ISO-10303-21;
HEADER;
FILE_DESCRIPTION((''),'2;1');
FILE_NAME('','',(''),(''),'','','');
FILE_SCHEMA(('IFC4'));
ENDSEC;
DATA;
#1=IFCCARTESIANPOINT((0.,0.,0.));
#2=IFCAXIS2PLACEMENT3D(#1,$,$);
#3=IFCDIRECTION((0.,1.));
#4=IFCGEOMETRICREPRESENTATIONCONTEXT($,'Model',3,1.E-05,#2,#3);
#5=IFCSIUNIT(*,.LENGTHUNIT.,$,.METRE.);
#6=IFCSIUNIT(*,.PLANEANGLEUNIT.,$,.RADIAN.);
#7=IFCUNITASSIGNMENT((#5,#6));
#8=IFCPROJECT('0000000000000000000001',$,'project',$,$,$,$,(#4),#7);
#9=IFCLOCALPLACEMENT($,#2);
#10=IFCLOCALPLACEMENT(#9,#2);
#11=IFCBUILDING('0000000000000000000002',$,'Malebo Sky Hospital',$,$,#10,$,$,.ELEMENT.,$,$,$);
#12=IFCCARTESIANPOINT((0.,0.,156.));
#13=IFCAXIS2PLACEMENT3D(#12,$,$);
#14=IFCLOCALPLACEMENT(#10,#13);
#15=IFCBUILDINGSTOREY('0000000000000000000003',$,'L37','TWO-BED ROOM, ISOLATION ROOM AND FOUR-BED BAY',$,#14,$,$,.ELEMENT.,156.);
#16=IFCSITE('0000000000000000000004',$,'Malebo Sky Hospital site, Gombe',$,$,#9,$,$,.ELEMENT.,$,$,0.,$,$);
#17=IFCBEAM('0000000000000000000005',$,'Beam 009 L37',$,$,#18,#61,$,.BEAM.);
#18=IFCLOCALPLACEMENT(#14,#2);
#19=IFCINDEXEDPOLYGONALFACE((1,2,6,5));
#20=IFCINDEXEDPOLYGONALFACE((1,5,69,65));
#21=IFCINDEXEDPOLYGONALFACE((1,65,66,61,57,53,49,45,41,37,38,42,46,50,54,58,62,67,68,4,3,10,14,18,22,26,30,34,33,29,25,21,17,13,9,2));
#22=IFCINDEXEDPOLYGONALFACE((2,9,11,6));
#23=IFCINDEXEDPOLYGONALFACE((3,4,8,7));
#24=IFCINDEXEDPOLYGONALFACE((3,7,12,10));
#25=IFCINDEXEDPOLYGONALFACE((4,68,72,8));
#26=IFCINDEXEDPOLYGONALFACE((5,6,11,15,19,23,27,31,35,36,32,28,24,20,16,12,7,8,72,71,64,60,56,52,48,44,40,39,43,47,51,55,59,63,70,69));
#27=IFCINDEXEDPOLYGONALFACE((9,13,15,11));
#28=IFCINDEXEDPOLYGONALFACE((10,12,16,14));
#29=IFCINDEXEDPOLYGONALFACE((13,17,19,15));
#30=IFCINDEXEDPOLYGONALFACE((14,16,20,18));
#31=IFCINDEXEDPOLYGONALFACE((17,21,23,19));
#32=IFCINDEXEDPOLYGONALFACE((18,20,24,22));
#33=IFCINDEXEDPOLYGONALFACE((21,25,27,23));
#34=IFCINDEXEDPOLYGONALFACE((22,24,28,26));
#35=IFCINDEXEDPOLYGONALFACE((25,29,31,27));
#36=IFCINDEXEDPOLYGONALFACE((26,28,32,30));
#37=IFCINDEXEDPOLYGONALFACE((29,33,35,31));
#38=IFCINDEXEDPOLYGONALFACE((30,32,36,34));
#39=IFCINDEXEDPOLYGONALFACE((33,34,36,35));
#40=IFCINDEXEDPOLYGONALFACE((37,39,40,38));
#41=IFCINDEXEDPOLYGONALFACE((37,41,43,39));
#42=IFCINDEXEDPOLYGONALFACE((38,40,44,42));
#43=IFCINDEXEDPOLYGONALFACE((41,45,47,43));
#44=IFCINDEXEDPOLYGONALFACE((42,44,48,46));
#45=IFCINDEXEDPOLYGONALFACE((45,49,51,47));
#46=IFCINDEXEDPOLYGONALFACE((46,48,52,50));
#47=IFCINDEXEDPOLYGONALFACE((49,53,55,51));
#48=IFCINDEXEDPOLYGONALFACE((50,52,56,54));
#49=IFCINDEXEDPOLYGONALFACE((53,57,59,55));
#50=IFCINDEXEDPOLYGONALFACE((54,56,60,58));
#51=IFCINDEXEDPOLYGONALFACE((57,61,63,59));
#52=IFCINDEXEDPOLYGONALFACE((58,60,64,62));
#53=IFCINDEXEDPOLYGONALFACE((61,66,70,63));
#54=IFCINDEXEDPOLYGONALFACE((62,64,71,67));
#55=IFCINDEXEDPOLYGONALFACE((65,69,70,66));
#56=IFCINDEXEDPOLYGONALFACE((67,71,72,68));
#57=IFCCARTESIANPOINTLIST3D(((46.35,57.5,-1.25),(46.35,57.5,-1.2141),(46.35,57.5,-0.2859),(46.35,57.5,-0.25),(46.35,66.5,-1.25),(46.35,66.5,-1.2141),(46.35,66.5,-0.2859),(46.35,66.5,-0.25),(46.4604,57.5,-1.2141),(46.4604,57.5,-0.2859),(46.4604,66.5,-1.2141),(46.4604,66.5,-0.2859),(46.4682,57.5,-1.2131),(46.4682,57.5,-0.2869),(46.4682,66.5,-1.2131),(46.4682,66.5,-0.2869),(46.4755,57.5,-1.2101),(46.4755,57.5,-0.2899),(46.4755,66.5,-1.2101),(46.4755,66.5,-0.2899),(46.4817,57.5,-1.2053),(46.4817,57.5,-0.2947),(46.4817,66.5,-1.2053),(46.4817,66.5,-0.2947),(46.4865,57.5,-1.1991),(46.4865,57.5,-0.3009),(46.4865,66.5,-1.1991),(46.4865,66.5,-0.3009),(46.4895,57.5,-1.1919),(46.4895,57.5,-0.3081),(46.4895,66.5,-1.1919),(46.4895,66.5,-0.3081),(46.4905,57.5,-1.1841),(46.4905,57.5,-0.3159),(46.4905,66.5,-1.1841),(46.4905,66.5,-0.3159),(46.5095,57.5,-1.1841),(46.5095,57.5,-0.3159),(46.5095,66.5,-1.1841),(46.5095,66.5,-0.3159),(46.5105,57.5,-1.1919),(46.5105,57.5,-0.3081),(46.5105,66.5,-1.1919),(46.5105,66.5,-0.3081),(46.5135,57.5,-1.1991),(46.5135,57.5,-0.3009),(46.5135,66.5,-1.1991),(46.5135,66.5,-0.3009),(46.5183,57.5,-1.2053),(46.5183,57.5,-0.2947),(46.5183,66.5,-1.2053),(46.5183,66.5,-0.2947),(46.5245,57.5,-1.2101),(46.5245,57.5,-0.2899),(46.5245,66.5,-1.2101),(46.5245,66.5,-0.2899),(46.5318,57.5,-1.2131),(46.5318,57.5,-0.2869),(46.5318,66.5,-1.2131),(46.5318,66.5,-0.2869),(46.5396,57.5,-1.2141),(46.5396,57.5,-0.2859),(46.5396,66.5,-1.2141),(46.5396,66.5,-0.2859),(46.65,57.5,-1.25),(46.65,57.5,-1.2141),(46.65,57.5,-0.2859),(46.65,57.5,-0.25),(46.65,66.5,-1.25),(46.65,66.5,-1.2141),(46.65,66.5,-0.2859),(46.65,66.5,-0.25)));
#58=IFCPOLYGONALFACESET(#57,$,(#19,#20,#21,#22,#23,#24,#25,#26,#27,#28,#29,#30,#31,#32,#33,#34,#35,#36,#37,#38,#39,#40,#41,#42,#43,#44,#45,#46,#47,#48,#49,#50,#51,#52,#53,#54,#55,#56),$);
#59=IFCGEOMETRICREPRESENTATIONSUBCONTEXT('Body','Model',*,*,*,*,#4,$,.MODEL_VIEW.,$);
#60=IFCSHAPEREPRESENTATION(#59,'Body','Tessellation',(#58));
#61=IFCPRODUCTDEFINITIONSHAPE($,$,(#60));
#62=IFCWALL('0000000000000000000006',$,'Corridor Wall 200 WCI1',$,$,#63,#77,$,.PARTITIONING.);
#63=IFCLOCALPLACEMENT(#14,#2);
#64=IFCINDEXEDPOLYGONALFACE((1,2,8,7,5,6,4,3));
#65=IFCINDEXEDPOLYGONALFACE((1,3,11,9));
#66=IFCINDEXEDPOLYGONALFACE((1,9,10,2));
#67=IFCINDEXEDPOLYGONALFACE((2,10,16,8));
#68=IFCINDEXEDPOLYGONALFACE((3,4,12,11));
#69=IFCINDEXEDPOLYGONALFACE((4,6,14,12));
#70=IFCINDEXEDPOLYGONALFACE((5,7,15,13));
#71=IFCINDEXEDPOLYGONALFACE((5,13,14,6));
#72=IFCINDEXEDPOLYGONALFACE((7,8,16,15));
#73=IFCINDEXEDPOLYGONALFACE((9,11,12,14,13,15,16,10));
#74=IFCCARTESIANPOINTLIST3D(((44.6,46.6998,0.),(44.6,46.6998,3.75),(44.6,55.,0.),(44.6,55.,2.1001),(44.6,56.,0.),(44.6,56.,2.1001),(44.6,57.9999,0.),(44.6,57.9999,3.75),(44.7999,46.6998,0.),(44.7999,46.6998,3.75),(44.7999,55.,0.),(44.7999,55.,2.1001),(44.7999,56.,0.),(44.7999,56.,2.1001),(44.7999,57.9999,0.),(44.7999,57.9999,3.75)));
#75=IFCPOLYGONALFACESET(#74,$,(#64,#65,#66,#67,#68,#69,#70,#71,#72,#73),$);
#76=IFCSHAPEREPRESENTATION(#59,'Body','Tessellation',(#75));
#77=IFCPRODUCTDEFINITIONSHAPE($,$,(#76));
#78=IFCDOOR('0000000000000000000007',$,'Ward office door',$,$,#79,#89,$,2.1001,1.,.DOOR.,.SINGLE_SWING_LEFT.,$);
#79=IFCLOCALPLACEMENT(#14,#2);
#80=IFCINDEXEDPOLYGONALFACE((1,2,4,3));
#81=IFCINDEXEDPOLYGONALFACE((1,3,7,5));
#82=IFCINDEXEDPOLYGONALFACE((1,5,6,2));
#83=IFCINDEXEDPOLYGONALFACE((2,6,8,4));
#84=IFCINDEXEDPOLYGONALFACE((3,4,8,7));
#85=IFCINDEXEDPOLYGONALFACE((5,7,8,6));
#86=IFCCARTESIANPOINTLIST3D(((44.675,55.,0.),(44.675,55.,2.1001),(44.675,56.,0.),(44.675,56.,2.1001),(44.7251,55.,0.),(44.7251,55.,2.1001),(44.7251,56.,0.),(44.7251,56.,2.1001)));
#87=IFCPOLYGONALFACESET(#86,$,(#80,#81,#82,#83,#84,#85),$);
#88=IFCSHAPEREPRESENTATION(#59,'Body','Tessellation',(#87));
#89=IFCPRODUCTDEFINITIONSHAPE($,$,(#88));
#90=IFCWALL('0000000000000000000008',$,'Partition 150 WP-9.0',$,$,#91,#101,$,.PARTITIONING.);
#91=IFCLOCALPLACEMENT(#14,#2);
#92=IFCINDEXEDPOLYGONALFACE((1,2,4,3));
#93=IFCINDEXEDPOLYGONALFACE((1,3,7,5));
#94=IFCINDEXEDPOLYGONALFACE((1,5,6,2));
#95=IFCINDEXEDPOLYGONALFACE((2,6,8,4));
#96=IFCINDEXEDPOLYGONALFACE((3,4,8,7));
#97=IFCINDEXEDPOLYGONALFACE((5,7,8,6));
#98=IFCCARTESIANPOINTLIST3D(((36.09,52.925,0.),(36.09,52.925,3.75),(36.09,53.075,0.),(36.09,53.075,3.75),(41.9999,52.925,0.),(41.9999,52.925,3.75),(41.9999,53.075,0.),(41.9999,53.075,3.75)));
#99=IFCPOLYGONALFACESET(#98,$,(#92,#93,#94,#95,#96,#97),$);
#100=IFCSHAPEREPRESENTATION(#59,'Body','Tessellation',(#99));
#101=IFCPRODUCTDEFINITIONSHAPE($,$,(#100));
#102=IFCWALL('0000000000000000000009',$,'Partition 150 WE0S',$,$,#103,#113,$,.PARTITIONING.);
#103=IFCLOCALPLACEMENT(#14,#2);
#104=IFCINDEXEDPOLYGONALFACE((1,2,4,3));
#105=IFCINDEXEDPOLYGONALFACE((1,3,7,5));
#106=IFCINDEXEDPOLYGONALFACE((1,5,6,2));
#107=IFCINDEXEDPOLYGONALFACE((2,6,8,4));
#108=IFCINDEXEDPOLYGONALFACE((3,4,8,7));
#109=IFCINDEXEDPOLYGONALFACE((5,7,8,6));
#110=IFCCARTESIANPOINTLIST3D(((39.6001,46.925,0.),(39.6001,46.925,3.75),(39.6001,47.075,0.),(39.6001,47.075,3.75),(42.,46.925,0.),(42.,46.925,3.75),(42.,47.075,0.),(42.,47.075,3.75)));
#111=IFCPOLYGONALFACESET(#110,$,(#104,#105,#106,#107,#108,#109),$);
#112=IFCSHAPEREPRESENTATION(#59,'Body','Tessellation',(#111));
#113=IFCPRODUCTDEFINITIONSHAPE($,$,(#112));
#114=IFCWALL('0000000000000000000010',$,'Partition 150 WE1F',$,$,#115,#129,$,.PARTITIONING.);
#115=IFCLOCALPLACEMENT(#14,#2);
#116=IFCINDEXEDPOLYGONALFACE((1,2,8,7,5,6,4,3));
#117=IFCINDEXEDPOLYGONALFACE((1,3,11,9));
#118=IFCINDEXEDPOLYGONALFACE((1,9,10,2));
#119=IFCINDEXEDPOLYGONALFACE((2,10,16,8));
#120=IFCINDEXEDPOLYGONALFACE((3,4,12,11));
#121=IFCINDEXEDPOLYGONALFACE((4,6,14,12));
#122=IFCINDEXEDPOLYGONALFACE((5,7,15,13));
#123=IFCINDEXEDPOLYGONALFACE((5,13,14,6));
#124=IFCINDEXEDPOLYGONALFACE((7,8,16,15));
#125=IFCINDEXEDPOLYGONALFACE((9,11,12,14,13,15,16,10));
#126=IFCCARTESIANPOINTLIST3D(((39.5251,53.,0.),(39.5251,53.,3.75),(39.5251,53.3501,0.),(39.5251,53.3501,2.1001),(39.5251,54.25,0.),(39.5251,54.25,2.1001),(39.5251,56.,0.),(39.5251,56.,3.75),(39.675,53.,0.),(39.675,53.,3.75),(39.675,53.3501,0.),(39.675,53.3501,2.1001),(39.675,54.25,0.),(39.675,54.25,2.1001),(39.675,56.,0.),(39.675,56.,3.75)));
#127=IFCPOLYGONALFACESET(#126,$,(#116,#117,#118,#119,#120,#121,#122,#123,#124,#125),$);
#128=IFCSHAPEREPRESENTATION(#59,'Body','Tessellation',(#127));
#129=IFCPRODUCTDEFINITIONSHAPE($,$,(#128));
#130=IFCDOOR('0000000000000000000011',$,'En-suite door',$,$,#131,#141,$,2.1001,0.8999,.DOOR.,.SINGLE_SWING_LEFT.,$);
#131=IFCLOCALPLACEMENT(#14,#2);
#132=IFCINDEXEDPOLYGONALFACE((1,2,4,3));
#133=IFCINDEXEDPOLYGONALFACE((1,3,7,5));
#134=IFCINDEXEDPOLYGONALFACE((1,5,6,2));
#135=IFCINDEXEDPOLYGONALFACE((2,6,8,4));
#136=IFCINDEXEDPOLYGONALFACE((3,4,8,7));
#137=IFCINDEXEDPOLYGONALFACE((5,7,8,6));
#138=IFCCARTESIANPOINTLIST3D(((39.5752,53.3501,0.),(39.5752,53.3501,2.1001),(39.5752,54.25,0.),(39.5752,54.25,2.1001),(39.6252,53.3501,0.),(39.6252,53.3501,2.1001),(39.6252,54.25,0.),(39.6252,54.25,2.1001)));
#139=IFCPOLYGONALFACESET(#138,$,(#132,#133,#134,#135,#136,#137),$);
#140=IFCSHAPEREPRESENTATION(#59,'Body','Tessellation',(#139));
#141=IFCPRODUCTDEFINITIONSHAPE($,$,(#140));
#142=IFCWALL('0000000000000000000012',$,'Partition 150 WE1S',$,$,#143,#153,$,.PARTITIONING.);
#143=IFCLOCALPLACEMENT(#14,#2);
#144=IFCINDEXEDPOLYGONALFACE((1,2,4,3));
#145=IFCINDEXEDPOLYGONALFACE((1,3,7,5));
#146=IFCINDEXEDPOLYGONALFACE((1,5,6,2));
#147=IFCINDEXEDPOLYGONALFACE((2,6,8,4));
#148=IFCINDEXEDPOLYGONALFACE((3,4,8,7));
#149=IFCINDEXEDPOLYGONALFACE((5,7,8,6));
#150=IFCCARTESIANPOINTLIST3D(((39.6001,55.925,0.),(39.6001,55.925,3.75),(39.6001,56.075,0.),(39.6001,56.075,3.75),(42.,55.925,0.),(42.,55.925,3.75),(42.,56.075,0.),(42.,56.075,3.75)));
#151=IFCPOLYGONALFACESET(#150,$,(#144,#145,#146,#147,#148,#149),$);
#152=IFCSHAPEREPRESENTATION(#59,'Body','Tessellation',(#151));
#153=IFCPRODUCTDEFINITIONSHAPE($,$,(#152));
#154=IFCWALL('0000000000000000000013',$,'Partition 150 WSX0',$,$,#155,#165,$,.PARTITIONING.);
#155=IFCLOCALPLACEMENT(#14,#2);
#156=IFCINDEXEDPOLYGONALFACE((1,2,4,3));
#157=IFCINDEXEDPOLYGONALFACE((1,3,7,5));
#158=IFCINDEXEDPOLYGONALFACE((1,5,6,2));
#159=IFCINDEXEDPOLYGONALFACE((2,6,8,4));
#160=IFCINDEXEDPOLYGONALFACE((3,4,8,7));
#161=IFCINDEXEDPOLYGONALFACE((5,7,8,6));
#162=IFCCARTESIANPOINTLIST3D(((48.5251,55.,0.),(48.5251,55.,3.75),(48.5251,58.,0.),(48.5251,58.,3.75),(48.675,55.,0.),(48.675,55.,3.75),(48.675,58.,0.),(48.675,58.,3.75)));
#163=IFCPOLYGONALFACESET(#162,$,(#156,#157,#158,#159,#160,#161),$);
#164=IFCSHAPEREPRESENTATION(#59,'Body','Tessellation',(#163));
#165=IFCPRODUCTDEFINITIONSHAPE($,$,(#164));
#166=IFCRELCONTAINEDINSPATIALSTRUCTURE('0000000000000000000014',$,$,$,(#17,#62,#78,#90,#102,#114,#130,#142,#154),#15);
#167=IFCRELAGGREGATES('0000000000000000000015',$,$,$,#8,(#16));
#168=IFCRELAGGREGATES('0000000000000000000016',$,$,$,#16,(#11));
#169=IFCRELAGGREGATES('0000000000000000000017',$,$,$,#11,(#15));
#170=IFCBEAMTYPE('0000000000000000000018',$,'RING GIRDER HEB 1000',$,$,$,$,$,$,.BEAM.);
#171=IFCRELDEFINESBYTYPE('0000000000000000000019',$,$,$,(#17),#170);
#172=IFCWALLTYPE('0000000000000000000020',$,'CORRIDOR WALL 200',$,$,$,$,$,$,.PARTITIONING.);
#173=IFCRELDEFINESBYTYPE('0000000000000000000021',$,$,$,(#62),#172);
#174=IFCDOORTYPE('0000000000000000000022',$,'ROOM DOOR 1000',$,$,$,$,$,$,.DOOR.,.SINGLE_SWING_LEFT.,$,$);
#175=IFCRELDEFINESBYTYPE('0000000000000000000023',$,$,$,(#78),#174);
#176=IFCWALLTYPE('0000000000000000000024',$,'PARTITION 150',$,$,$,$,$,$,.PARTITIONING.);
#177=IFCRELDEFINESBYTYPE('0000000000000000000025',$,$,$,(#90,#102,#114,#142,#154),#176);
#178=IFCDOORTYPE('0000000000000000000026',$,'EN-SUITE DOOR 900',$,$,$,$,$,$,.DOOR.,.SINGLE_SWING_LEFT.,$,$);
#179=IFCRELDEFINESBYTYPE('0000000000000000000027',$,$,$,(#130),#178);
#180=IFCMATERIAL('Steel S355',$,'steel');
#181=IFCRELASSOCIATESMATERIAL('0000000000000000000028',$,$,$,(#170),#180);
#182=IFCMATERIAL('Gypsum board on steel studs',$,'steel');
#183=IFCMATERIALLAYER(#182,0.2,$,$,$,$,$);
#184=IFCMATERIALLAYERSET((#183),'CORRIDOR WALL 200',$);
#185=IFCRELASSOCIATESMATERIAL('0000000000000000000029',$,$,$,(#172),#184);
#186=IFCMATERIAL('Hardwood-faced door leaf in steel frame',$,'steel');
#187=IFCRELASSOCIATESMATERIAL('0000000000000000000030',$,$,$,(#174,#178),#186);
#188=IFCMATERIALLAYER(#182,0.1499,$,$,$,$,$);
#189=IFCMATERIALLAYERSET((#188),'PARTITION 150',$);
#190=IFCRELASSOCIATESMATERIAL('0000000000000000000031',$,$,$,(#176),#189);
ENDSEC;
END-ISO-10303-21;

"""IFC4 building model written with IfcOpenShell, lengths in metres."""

from ifc_helpers import new_model, si_unit, direction, frame, frame_2d, origin, origin_2d, place, context, subcontext, project, spatial, rectangle, i_section, extrude, material, layer, layer_set, material_profile, profile_set, type_object, element, fill, save


model = new_model("IFC4")

# Units and contexts
model_context = context("Model", 3, precision=1e-05, world=origin(), true_north=direction((0.0, 1.0)))
body_context = subcontext(model_context, "Body", "Model", "MODEL_VIEW")
ifc_project = project(units=[si_unit("LENGTHUNIT", "METRE"), si_unit("PLANEANGLEUNIT", "RADIAN")], contexts=[model_context])

# Site, building, storey
site_placement = place(None, origin())
site = spatial("IfcSite", under=ifc_project, at=site_placement, Name="Malebo Sky Hospital site, Gombe", CompositionType="ELEMENT", RefElevation=0.0)
building_placement = place(site_placement, origin())
building = spatial("IfcBuilding", under=site, at=building_placement, Name="Malebo Sky Hospital", CompositionType="ELEMENT")
storey_placement = place(building_placement, frame((0.0, 0.0, 156.0)))
storey = spatial("IfcBuildingStorey", under=building, at=storey_placement, Name="L37", Description="TWO-BED ROOM, ISOLATION ROOM AND FOUR-BED BAY", CompositionType="ELEMENT", Elevation=156.0)

# Beam
ifc_material_1 = material(Name="Steel S355", Category="steel")
ifc_material_profile_1 = material_profile(ifc_material_1, i_section(OverallWidth=0.3, OverallDepth=1.0, WebThickness=0.019, FlangeThickness=0.0359, FilletRadius=0.03, at=origin_2d()), Name="HEB 1000")
ifc_profile_set_1 = profile_set([ifc_material_profile_1], Name="Steel S355")
beam_type_1 = type_object("IfcBeamType", Name="RING GIRDER HEB 1000", PredefinedType="BEAM", material=ifc_profile_set_1)
beam_1_placement = place(storey_placement, frame((46.5, 57.5, -0.75), z_axis=(0.0, 1.0, 0.0), x_axis=(-1.0, 0.0, 0.0)))
element("IfcBeam", 1, at=beam_1_placement, inside=storey, type_object=beam_type_1, Name="Beam 009 L37", PredefinedType="BEAM", context=body_context, shape_type="SweptSolid", body=[
    extrude(i_section(OverallWidth=0.3, OverallDepth=1.0, WebThickness=0.019, FlangeThickness=0.0359, FilletRadius=0.03, at=origin_2d()), origin(), (0.0, 0.0, 1.0), 9.0),
])

# Wall, opening, door
ifc_material_2 = material(Name="Gypsum board on steel studs", Category="steel")
ifc_layer_1 = layer(ifc_material_2, 0.2)
ifc_layer_set_1 = layer_set([ifc_layer_1], Name="CORRIDOR WALL 200")
wall_type_1 = type_object("IfcWallType", Name="CORRIDOR WALL 200", PredefinedType="PARTITIONING", material=ifc_layer_set_1)
wall_1_placement = place(storey_placement, frame((44.7, 46.7, 0.0), z_axis=(0.0, 0.0, 1.0), x_axis=(0.0, 1.0, 0.0)))
wall_1 = element("IfcWall", 2, at=wall_1_placement, inside=storey, type_object=wall_type_1, Name="Corridor Wall 200 WCI1", PredefinedType="PARTITIONING", context=body_context, shape_type="SweptSolid", body=[
    extrude(rectangle(XDim=11.3, YDim=0.2, at=frame_2d((5.6499, 0.0))), origin(), (0.0, 0.0, 1.0), 3.75),
])
opening_1_placement = place(wall_1_placement, frame((8.3, 0.0, 0.0)))
opening_1 = element("IfcOpeningElement", 3, at=opening_1_placement, cuts=wall_1, PredefinedType="OPENING", context=body_context, shape_type="SweptSolid", body=[
    extrude(rectangle(XDim=1.0, YDim=2.1001, at=frame_2d((0.5, 1.05))), frame((0.0, 0.1099, 0.0), z_axis=(0.0, -1.0, 0.0), x_axis=(1.0, 0.0, 0.0)), (0.0, 0.0, 1.0), 0.22),
])
ifc_material_3 = material(Name="Hardwood-faced door leaf in steel frame", Category="steel")
door_type_1 = type_object("IfcDoorType", Name="ROOM DOOR 1000", OperationType="SINGLE_SWING_LEFT", PredefinedType="DOOR", material=ifc_material_3)
door_1_placement = place(opening_1_placement, origin())
door_1 = element("IfcDoor", 4, at=door_1_placement, inside=storey, type_object=door_type_1, Name="Ward office door", OperationType="SINGLE_SWING_LEFT", OverallHeight=2.1001, OverallWidth=1.0, PredefinedType="DOOR", context=body_context, shape_type="SweptSolid", body=[
    extrude(rectangle(XDim=1.0, YDim=2.1001, at=frame_2d((0.5, 1.05))), frame((0.0, 0.0249, 0.0), z_axis=(0.0, -1.0, 0.0), x_axis=(1.0, 0.0, 0.0)), (0.0, 0.0, 1.0), 0.05),
])
fill(opening_1, door_1)

# Walls
ifc_layer_2 = layer(ifc_material_2, 0.1499)
ifc_layer_set_2 = layer_set([ifc_layer_2], Name="PARTITION 150")
wall_type_2 = type_object("IfcWallType", Name="PARTITION 150", PredefinedType="PARTITIONING", material=ifc_layer_set_2)
wall_2_placement = place(storey_placement, frame((42.0, 53.0, 0.0), z_axis=(0.0, 0.0, 1.0), x_axis=(-1.0, 0.0, 0.0)))
element("IfcWall", 5, at=wall_2_placement, inside=storey, type_object=wall_type_2, Name="Partition 150 WP-9.0", PredefinedType="PARTITIONING", context=body_context, shape_type="SweptSolid", body=[
    extrude(rectangle(XDim=5.9099, YDim=0.1499, at=frame_2d((2.9551, 0.0))), origin(), (0.0, 0.0, 1.0), 3.75),
])
wall_3_placement = place(storey_placement, frame((42.0, 47.0, 0.0), z_axis=(0.0, 0.0, 1.0), x_axis=(-1.0, 0.0, 0.0)))
element("IfcWall", 6, at=wall_3_placement, inside=storey, type_object=wall_type_2, Name="Partition 150 WE0S", PredefinedType="PARTITIONING", context=body_context, shape_type="SweptSolid", body=[
    extrude(rectangle(XDim=2.3999, YDim=0.1499, at=frame_2d((1.2, 0.0))), origin(), (0.0, 0.0, 1.0), 3.75),
])

# Wall, opening, door
wall_4_placement = place(storey_placement, frame((39.6001, 53.0, 0.0), z_axis=(0.0, 0.0, 1.0), x_axis=(0.0, 1.0, 0.0)))
wall_4 = element("IfcWall", 7, at=wall_4_placement, inside=storey, type_object=wall_type_2, Name="Partition 150 WE1F", PredefinedType="PARTITIONING", context=body_context, shape_type="SweptSolid", body=[
    extrude(rectangle(XDim=3.0, YDim=0.1499, at=frame_2d((1.5, 0.0))), origin(), (0.0, 0.0, 1.0), 3.75),
])
opening_2_placement = place(wall_4_placement, frame((0.3501, 0.0, 0.0)))
opening_2 = element("IfcOpeningElement", 8, at=opening_2_placement, cuts=wall_4, PredefinedType="OPENING", context=body_context, shape_type="SweptSolid", body=[
    extrude(rectangle(XDim=0.8999, YDim=2.1001, at=frame_2d((0.45, 1.05))), frame((0.0, 0.085, 0.0), z_axis=(0.0, -1.0, 0.0), x_axis=(1.0, 0.0, 0.0)), (0.0, 0.0, 1.0), 0.1699),
])
door_type_2 = type_object("IfcDoorType", Name="EN-SUITE DOOR 900", OperationType="SINGLE_SWING_LEFT", PredefinedType="DOOR", material=ifc_material_3)
door_2_placement = place(opening_2_placement, origin())
door_2 = element("IfcDoor", 9, at=door_2_placement, inside=storey, type_object=door_type_2, Name="En-suite door", OperationType="SINGLE_SWING_LEFT", OverallHeight=2.1001, OverallWidth=0.8999, PredefinedType="DOOR", context=body_context, shape_type="SweptSolid", body=[
    extrude(rectangle(XDim=0.8999, YDim=2.1001, at=frame_2d((0.45, 1.05))), frame((0.0, 0.0249, 0.0), z_axis=(0.0, -1.0, 0.0), x_axis=(1.0, 0.0, 0.0)), (0.0, 0.0, 1.0), 0.05),
])
fill(opening_2, door_2)

# Walls
wall_5_placement = place(storey_placement, frame((42.0, 56.0, 0.0), z_axis=(0.0, 0.0, 1.0), x_axis=(-1.0, 0.0, 0.0)))
element("IfcWall", 10, at=wall_5_placement, inside=storey, type_object=wall_type_2, Name="Partition 150 WE1S", PredefinedType="PARTITIONING", context=body_context, shape_type="SweptSolid", body=[
    extrude(rectangle(XDim=2.3999, YDim=0.1499, at=frame_2d((1.2, 0.0))), origin(), (0.0, 0.0, 1.0), 3.75),
])
wall_6_placement = place(storey_placement, frame((48.6001, 55.0, 0.0), z_axis=(0.0, 0.0, 1.0), x_axis=(0.0, 1.0, 0.0)))
element("IfcWall", 11, at=wall_6_placement, inside=storey, type_object=wall_type_2, Name="Partition 150 WSX0", PredefinedType="PARTITIONING", context=body_context, shape_type="SweptSolid", body=[
    extrude(rectangle(XDim=3.0, YDim=0.1499, at=frame_2d((1.5, 0.0))), origin(), (0.0, 0.0, 1.0), 3.75),
])

save(model, "model.ifc")
